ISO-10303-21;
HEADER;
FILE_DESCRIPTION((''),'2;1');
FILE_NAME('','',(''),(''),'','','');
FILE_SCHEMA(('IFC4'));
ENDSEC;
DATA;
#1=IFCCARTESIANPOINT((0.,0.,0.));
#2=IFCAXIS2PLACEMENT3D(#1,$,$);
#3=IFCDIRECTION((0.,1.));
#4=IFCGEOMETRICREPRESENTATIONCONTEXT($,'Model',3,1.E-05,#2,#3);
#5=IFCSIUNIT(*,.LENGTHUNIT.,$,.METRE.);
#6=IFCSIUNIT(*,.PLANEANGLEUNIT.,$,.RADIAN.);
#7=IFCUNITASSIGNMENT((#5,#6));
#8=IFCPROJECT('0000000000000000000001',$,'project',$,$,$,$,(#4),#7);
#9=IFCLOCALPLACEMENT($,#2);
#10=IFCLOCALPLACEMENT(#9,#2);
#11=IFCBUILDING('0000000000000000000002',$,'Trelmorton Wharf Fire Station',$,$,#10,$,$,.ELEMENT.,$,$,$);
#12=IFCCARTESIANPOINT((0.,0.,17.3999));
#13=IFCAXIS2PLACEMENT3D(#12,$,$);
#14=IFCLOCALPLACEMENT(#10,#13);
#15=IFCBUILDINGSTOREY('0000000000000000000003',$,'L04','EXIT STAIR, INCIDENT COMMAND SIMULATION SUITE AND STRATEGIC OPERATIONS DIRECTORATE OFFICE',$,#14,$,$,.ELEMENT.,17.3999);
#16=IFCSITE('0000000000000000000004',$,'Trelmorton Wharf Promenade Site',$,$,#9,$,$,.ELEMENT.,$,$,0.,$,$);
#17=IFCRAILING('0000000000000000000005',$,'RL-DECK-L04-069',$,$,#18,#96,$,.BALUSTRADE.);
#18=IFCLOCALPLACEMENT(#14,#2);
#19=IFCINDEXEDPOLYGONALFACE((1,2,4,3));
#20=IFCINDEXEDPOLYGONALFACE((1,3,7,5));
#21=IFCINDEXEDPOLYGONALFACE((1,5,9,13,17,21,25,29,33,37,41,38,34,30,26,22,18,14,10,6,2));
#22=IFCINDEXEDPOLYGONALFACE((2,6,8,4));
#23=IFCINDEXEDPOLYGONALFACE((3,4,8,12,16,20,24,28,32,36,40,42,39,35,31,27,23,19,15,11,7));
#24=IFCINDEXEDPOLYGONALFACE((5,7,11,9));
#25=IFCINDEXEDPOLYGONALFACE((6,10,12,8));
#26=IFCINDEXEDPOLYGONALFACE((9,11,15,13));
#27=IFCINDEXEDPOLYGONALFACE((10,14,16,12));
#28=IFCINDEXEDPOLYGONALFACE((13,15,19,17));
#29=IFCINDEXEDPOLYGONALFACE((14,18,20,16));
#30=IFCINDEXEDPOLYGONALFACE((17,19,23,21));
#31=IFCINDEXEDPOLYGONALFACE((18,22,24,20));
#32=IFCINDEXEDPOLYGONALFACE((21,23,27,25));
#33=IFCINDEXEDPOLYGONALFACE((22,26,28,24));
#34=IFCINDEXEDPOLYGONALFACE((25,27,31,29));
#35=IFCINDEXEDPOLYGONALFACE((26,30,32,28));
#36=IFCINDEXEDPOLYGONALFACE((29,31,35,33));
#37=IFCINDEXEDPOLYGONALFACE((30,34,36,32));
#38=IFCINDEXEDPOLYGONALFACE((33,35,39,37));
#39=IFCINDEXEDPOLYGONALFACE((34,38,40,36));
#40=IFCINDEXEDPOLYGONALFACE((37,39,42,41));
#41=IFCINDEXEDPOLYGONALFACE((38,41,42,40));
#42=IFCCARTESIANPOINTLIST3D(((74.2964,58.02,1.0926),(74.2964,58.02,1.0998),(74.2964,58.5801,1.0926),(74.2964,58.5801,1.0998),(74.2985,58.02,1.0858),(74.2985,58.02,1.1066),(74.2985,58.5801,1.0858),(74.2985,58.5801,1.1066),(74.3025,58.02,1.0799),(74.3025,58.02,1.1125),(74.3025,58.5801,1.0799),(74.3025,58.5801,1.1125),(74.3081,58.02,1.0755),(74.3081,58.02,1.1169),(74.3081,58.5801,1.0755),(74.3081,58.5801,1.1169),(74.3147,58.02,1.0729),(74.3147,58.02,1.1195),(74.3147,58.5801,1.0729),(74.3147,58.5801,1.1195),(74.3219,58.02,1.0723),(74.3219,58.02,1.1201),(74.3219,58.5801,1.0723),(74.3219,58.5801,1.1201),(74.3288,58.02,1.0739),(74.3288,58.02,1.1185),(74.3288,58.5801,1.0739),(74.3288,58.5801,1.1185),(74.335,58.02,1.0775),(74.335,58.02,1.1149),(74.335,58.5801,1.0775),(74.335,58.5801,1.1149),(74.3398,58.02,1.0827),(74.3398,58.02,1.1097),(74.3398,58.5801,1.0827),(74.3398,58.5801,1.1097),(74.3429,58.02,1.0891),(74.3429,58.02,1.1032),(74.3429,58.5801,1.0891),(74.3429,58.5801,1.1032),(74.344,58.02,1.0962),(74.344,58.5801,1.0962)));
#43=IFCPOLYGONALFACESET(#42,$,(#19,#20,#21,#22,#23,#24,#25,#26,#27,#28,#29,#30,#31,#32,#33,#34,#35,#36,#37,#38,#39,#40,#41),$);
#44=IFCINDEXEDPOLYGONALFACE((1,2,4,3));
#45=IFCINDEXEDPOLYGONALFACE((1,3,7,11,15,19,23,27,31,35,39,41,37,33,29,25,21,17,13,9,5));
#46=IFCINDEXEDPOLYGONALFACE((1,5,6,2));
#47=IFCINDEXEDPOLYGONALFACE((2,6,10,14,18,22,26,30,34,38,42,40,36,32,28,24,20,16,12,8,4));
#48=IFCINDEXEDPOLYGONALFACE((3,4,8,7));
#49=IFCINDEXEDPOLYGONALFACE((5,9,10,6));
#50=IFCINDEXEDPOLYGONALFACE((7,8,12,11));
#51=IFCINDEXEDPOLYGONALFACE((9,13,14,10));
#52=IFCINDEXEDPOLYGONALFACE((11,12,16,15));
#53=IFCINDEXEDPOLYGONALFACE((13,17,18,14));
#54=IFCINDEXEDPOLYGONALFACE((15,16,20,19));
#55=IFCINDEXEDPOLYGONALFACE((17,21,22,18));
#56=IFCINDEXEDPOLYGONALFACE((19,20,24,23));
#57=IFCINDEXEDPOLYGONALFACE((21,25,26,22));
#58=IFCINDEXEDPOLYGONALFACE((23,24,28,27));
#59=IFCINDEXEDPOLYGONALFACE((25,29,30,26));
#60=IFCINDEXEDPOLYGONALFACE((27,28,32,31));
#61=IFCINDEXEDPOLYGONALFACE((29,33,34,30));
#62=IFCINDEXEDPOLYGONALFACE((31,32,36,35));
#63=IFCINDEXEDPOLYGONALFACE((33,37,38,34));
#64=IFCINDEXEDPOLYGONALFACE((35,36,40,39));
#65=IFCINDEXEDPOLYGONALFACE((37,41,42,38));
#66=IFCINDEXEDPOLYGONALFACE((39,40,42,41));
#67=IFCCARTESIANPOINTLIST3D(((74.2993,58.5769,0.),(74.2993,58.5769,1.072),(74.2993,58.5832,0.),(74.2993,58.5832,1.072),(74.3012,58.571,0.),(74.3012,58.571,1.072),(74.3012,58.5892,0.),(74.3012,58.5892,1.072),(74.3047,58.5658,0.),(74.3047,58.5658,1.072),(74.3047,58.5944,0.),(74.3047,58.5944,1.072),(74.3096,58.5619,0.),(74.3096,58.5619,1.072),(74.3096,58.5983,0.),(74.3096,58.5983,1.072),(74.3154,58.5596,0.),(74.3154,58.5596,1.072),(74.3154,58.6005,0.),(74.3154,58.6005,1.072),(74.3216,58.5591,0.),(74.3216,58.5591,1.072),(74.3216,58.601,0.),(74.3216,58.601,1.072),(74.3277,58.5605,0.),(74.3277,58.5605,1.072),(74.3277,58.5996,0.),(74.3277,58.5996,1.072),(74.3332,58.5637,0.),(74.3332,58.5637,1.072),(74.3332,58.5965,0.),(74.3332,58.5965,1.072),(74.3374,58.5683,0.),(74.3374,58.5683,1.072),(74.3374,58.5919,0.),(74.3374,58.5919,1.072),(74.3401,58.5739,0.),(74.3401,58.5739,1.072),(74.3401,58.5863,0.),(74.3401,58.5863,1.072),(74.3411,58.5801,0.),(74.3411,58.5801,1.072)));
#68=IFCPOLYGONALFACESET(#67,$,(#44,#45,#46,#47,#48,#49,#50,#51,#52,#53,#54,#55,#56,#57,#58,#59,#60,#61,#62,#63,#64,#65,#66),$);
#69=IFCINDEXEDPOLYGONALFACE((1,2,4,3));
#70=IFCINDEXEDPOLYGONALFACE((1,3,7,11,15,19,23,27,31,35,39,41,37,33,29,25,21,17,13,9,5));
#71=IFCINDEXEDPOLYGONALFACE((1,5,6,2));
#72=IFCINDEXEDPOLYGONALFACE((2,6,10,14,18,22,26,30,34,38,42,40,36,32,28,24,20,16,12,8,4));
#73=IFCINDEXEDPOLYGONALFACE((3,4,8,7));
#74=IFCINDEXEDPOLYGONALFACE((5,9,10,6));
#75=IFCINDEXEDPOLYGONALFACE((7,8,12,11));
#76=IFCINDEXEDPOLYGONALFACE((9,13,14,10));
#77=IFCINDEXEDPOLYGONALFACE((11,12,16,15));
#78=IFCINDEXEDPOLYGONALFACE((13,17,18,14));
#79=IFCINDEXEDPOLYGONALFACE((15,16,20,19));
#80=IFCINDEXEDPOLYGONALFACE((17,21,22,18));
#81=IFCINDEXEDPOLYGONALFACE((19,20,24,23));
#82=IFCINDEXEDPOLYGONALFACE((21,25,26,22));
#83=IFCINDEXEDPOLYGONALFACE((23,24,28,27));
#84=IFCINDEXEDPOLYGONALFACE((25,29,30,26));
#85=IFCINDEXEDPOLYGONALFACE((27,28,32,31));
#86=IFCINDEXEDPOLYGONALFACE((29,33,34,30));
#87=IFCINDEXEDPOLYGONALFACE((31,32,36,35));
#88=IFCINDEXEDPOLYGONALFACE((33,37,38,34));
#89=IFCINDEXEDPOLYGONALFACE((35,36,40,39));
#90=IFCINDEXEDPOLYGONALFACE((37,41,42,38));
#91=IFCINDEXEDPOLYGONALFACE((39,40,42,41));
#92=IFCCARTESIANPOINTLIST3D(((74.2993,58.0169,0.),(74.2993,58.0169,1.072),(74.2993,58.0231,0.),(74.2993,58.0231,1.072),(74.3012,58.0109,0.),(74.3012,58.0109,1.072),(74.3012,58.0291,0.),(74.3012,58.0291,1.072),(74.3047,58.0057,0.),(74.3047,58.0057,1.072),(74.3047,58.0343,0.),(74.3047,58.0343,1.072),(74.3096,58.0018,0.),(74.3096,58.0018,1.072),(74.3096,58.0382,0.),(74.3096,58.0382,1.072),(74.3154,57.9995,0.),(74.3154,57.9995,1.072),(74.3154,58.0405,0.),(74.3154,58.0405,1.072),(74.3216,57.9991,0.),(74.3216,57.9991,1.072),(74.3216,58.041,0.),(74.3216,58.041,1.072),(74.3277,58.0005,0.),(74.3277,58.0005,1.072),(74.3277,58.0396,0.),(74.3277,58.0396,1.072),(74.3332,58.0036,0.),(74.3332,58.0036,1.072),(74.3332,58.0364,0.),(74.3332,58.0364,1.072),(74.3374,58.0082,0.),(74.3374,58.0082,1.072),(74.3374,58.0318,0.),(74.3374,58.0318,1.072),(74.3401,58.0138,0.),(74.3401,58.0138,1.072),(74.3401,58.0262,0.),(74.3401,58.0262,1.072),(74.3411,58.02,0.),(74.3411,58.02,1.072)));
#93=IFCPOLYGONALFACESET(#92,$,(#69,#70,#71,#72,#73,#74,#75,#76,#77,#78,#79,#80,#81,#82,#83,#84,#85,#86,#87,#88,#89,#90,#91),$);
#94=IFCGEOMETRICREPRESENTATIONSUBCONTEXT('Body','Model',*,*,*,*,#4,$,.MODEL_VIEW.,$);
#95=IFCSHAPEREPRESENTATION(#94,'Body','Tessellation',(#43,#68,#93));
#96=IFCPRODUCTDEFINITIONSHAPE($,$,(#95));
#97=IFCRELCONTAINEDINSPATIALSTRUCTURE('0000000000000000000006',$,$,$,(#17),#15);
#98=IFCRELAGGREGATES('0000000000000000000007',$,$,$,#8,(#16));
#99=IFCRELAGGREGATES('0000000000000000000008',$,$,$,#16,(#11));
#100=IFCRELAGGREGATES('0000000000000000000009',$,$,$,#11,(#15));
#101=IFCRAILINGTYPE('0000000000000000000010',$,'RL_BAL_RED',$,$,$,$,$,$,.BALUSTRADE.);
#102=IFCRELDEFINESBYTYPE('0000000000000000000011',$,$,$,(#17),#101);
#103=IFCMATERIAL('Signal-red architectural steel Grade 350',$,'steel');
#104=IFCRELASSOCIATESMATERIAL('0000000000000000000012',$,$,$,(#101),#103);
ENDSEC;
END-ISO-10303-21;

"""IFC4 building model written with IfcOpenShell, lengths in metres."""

from ifc_helpers import new_model, si_unit, direction, frame, origin, origin_2d, place, context, subcontext, project, spatial, circle, extrude, material, type_object, element, save


model = new_model("IFC4")

# Units and contexts
model_context = context("Model", 3, precision=1e-05, world=origin(), true_north=direction((0.0, 1.0)))
body_context = subcontext(model_context, "Body", "Model", "MODEL_VIEW")
ifc_project = project(units=[si_unit("LENGTHUNIT", "METRE"), si_unit("PLANEANGLEUNIT", "RADIAN")], contexts=[model_context])

# Site, building, storey
site_placement = place(None, origin())
site = spatial("IfcSite", under=ifc_project, at=site_placement, Name="Trelmorton Wharf Promenade Site", CompositionType="ELEMENT", RefElevation=0.0)
building_placement = place(site_placement, origin())
building = spatial("IfcBuilding", under=site, at=building_placement, Name="Trelmorton Wharf Fire Station", CompositionType="ELEMENT")
storey_placement = place(building_placement, frame((0.0, 0.0, 17.3999)))
storey = spatial("IfcBuildingStorey", under=building, at=storey_placement, Name="L04", Description="EXIT STAIR, INCIDENT COMMAND SIMULATION SUITE AND STRATEGIC OPERATIONS DIRECTORATE OFFICE", CompositionType="ELEMENT", Elevation=17.3999)

# Shared definitions
ifc_material_1 = material(Name="Signal-red architectural steel Grade 350", Category="steel")

# Railing
railing_type = type_object("IfcRailingType", Name="RL_BAL_RED", PredefinedType="BALUSTRADE", material=ifc_material_1)
railing_1_placement = place(storey_placement, frame((74.3201, 58.5801, 0.0)))
element("IfcRailing", 1, at=railing_1_placement, inside=storey, type_object=railing_type, Name="RL-DECK-L04-069", PredefinedType="BALUSTRADE", context=body_context, shape_type="SweptSolid", body=[
    extrude(circle(Radius=0.0239, at=origin_2d()), frame((0.0, 0.0, 1.0962), z_axis=(0.0, -1.0, 0.0), x_axis=(1.0, 0.0, 0.0)), (0.0, 0.0, 1.0), 0.5601),
    extrude(circle(Radius=0.021, at=origin_2d()), origin(), (0.0, 0.0, 1.0), 1.072),
    extrude(circle(Radius=0.021, at=origin_2d()), frame((0.0, -0.5601, 0.0)), (0.0, 0.0, 1.0), 1.072),
])

save(model, "model.ifc")
